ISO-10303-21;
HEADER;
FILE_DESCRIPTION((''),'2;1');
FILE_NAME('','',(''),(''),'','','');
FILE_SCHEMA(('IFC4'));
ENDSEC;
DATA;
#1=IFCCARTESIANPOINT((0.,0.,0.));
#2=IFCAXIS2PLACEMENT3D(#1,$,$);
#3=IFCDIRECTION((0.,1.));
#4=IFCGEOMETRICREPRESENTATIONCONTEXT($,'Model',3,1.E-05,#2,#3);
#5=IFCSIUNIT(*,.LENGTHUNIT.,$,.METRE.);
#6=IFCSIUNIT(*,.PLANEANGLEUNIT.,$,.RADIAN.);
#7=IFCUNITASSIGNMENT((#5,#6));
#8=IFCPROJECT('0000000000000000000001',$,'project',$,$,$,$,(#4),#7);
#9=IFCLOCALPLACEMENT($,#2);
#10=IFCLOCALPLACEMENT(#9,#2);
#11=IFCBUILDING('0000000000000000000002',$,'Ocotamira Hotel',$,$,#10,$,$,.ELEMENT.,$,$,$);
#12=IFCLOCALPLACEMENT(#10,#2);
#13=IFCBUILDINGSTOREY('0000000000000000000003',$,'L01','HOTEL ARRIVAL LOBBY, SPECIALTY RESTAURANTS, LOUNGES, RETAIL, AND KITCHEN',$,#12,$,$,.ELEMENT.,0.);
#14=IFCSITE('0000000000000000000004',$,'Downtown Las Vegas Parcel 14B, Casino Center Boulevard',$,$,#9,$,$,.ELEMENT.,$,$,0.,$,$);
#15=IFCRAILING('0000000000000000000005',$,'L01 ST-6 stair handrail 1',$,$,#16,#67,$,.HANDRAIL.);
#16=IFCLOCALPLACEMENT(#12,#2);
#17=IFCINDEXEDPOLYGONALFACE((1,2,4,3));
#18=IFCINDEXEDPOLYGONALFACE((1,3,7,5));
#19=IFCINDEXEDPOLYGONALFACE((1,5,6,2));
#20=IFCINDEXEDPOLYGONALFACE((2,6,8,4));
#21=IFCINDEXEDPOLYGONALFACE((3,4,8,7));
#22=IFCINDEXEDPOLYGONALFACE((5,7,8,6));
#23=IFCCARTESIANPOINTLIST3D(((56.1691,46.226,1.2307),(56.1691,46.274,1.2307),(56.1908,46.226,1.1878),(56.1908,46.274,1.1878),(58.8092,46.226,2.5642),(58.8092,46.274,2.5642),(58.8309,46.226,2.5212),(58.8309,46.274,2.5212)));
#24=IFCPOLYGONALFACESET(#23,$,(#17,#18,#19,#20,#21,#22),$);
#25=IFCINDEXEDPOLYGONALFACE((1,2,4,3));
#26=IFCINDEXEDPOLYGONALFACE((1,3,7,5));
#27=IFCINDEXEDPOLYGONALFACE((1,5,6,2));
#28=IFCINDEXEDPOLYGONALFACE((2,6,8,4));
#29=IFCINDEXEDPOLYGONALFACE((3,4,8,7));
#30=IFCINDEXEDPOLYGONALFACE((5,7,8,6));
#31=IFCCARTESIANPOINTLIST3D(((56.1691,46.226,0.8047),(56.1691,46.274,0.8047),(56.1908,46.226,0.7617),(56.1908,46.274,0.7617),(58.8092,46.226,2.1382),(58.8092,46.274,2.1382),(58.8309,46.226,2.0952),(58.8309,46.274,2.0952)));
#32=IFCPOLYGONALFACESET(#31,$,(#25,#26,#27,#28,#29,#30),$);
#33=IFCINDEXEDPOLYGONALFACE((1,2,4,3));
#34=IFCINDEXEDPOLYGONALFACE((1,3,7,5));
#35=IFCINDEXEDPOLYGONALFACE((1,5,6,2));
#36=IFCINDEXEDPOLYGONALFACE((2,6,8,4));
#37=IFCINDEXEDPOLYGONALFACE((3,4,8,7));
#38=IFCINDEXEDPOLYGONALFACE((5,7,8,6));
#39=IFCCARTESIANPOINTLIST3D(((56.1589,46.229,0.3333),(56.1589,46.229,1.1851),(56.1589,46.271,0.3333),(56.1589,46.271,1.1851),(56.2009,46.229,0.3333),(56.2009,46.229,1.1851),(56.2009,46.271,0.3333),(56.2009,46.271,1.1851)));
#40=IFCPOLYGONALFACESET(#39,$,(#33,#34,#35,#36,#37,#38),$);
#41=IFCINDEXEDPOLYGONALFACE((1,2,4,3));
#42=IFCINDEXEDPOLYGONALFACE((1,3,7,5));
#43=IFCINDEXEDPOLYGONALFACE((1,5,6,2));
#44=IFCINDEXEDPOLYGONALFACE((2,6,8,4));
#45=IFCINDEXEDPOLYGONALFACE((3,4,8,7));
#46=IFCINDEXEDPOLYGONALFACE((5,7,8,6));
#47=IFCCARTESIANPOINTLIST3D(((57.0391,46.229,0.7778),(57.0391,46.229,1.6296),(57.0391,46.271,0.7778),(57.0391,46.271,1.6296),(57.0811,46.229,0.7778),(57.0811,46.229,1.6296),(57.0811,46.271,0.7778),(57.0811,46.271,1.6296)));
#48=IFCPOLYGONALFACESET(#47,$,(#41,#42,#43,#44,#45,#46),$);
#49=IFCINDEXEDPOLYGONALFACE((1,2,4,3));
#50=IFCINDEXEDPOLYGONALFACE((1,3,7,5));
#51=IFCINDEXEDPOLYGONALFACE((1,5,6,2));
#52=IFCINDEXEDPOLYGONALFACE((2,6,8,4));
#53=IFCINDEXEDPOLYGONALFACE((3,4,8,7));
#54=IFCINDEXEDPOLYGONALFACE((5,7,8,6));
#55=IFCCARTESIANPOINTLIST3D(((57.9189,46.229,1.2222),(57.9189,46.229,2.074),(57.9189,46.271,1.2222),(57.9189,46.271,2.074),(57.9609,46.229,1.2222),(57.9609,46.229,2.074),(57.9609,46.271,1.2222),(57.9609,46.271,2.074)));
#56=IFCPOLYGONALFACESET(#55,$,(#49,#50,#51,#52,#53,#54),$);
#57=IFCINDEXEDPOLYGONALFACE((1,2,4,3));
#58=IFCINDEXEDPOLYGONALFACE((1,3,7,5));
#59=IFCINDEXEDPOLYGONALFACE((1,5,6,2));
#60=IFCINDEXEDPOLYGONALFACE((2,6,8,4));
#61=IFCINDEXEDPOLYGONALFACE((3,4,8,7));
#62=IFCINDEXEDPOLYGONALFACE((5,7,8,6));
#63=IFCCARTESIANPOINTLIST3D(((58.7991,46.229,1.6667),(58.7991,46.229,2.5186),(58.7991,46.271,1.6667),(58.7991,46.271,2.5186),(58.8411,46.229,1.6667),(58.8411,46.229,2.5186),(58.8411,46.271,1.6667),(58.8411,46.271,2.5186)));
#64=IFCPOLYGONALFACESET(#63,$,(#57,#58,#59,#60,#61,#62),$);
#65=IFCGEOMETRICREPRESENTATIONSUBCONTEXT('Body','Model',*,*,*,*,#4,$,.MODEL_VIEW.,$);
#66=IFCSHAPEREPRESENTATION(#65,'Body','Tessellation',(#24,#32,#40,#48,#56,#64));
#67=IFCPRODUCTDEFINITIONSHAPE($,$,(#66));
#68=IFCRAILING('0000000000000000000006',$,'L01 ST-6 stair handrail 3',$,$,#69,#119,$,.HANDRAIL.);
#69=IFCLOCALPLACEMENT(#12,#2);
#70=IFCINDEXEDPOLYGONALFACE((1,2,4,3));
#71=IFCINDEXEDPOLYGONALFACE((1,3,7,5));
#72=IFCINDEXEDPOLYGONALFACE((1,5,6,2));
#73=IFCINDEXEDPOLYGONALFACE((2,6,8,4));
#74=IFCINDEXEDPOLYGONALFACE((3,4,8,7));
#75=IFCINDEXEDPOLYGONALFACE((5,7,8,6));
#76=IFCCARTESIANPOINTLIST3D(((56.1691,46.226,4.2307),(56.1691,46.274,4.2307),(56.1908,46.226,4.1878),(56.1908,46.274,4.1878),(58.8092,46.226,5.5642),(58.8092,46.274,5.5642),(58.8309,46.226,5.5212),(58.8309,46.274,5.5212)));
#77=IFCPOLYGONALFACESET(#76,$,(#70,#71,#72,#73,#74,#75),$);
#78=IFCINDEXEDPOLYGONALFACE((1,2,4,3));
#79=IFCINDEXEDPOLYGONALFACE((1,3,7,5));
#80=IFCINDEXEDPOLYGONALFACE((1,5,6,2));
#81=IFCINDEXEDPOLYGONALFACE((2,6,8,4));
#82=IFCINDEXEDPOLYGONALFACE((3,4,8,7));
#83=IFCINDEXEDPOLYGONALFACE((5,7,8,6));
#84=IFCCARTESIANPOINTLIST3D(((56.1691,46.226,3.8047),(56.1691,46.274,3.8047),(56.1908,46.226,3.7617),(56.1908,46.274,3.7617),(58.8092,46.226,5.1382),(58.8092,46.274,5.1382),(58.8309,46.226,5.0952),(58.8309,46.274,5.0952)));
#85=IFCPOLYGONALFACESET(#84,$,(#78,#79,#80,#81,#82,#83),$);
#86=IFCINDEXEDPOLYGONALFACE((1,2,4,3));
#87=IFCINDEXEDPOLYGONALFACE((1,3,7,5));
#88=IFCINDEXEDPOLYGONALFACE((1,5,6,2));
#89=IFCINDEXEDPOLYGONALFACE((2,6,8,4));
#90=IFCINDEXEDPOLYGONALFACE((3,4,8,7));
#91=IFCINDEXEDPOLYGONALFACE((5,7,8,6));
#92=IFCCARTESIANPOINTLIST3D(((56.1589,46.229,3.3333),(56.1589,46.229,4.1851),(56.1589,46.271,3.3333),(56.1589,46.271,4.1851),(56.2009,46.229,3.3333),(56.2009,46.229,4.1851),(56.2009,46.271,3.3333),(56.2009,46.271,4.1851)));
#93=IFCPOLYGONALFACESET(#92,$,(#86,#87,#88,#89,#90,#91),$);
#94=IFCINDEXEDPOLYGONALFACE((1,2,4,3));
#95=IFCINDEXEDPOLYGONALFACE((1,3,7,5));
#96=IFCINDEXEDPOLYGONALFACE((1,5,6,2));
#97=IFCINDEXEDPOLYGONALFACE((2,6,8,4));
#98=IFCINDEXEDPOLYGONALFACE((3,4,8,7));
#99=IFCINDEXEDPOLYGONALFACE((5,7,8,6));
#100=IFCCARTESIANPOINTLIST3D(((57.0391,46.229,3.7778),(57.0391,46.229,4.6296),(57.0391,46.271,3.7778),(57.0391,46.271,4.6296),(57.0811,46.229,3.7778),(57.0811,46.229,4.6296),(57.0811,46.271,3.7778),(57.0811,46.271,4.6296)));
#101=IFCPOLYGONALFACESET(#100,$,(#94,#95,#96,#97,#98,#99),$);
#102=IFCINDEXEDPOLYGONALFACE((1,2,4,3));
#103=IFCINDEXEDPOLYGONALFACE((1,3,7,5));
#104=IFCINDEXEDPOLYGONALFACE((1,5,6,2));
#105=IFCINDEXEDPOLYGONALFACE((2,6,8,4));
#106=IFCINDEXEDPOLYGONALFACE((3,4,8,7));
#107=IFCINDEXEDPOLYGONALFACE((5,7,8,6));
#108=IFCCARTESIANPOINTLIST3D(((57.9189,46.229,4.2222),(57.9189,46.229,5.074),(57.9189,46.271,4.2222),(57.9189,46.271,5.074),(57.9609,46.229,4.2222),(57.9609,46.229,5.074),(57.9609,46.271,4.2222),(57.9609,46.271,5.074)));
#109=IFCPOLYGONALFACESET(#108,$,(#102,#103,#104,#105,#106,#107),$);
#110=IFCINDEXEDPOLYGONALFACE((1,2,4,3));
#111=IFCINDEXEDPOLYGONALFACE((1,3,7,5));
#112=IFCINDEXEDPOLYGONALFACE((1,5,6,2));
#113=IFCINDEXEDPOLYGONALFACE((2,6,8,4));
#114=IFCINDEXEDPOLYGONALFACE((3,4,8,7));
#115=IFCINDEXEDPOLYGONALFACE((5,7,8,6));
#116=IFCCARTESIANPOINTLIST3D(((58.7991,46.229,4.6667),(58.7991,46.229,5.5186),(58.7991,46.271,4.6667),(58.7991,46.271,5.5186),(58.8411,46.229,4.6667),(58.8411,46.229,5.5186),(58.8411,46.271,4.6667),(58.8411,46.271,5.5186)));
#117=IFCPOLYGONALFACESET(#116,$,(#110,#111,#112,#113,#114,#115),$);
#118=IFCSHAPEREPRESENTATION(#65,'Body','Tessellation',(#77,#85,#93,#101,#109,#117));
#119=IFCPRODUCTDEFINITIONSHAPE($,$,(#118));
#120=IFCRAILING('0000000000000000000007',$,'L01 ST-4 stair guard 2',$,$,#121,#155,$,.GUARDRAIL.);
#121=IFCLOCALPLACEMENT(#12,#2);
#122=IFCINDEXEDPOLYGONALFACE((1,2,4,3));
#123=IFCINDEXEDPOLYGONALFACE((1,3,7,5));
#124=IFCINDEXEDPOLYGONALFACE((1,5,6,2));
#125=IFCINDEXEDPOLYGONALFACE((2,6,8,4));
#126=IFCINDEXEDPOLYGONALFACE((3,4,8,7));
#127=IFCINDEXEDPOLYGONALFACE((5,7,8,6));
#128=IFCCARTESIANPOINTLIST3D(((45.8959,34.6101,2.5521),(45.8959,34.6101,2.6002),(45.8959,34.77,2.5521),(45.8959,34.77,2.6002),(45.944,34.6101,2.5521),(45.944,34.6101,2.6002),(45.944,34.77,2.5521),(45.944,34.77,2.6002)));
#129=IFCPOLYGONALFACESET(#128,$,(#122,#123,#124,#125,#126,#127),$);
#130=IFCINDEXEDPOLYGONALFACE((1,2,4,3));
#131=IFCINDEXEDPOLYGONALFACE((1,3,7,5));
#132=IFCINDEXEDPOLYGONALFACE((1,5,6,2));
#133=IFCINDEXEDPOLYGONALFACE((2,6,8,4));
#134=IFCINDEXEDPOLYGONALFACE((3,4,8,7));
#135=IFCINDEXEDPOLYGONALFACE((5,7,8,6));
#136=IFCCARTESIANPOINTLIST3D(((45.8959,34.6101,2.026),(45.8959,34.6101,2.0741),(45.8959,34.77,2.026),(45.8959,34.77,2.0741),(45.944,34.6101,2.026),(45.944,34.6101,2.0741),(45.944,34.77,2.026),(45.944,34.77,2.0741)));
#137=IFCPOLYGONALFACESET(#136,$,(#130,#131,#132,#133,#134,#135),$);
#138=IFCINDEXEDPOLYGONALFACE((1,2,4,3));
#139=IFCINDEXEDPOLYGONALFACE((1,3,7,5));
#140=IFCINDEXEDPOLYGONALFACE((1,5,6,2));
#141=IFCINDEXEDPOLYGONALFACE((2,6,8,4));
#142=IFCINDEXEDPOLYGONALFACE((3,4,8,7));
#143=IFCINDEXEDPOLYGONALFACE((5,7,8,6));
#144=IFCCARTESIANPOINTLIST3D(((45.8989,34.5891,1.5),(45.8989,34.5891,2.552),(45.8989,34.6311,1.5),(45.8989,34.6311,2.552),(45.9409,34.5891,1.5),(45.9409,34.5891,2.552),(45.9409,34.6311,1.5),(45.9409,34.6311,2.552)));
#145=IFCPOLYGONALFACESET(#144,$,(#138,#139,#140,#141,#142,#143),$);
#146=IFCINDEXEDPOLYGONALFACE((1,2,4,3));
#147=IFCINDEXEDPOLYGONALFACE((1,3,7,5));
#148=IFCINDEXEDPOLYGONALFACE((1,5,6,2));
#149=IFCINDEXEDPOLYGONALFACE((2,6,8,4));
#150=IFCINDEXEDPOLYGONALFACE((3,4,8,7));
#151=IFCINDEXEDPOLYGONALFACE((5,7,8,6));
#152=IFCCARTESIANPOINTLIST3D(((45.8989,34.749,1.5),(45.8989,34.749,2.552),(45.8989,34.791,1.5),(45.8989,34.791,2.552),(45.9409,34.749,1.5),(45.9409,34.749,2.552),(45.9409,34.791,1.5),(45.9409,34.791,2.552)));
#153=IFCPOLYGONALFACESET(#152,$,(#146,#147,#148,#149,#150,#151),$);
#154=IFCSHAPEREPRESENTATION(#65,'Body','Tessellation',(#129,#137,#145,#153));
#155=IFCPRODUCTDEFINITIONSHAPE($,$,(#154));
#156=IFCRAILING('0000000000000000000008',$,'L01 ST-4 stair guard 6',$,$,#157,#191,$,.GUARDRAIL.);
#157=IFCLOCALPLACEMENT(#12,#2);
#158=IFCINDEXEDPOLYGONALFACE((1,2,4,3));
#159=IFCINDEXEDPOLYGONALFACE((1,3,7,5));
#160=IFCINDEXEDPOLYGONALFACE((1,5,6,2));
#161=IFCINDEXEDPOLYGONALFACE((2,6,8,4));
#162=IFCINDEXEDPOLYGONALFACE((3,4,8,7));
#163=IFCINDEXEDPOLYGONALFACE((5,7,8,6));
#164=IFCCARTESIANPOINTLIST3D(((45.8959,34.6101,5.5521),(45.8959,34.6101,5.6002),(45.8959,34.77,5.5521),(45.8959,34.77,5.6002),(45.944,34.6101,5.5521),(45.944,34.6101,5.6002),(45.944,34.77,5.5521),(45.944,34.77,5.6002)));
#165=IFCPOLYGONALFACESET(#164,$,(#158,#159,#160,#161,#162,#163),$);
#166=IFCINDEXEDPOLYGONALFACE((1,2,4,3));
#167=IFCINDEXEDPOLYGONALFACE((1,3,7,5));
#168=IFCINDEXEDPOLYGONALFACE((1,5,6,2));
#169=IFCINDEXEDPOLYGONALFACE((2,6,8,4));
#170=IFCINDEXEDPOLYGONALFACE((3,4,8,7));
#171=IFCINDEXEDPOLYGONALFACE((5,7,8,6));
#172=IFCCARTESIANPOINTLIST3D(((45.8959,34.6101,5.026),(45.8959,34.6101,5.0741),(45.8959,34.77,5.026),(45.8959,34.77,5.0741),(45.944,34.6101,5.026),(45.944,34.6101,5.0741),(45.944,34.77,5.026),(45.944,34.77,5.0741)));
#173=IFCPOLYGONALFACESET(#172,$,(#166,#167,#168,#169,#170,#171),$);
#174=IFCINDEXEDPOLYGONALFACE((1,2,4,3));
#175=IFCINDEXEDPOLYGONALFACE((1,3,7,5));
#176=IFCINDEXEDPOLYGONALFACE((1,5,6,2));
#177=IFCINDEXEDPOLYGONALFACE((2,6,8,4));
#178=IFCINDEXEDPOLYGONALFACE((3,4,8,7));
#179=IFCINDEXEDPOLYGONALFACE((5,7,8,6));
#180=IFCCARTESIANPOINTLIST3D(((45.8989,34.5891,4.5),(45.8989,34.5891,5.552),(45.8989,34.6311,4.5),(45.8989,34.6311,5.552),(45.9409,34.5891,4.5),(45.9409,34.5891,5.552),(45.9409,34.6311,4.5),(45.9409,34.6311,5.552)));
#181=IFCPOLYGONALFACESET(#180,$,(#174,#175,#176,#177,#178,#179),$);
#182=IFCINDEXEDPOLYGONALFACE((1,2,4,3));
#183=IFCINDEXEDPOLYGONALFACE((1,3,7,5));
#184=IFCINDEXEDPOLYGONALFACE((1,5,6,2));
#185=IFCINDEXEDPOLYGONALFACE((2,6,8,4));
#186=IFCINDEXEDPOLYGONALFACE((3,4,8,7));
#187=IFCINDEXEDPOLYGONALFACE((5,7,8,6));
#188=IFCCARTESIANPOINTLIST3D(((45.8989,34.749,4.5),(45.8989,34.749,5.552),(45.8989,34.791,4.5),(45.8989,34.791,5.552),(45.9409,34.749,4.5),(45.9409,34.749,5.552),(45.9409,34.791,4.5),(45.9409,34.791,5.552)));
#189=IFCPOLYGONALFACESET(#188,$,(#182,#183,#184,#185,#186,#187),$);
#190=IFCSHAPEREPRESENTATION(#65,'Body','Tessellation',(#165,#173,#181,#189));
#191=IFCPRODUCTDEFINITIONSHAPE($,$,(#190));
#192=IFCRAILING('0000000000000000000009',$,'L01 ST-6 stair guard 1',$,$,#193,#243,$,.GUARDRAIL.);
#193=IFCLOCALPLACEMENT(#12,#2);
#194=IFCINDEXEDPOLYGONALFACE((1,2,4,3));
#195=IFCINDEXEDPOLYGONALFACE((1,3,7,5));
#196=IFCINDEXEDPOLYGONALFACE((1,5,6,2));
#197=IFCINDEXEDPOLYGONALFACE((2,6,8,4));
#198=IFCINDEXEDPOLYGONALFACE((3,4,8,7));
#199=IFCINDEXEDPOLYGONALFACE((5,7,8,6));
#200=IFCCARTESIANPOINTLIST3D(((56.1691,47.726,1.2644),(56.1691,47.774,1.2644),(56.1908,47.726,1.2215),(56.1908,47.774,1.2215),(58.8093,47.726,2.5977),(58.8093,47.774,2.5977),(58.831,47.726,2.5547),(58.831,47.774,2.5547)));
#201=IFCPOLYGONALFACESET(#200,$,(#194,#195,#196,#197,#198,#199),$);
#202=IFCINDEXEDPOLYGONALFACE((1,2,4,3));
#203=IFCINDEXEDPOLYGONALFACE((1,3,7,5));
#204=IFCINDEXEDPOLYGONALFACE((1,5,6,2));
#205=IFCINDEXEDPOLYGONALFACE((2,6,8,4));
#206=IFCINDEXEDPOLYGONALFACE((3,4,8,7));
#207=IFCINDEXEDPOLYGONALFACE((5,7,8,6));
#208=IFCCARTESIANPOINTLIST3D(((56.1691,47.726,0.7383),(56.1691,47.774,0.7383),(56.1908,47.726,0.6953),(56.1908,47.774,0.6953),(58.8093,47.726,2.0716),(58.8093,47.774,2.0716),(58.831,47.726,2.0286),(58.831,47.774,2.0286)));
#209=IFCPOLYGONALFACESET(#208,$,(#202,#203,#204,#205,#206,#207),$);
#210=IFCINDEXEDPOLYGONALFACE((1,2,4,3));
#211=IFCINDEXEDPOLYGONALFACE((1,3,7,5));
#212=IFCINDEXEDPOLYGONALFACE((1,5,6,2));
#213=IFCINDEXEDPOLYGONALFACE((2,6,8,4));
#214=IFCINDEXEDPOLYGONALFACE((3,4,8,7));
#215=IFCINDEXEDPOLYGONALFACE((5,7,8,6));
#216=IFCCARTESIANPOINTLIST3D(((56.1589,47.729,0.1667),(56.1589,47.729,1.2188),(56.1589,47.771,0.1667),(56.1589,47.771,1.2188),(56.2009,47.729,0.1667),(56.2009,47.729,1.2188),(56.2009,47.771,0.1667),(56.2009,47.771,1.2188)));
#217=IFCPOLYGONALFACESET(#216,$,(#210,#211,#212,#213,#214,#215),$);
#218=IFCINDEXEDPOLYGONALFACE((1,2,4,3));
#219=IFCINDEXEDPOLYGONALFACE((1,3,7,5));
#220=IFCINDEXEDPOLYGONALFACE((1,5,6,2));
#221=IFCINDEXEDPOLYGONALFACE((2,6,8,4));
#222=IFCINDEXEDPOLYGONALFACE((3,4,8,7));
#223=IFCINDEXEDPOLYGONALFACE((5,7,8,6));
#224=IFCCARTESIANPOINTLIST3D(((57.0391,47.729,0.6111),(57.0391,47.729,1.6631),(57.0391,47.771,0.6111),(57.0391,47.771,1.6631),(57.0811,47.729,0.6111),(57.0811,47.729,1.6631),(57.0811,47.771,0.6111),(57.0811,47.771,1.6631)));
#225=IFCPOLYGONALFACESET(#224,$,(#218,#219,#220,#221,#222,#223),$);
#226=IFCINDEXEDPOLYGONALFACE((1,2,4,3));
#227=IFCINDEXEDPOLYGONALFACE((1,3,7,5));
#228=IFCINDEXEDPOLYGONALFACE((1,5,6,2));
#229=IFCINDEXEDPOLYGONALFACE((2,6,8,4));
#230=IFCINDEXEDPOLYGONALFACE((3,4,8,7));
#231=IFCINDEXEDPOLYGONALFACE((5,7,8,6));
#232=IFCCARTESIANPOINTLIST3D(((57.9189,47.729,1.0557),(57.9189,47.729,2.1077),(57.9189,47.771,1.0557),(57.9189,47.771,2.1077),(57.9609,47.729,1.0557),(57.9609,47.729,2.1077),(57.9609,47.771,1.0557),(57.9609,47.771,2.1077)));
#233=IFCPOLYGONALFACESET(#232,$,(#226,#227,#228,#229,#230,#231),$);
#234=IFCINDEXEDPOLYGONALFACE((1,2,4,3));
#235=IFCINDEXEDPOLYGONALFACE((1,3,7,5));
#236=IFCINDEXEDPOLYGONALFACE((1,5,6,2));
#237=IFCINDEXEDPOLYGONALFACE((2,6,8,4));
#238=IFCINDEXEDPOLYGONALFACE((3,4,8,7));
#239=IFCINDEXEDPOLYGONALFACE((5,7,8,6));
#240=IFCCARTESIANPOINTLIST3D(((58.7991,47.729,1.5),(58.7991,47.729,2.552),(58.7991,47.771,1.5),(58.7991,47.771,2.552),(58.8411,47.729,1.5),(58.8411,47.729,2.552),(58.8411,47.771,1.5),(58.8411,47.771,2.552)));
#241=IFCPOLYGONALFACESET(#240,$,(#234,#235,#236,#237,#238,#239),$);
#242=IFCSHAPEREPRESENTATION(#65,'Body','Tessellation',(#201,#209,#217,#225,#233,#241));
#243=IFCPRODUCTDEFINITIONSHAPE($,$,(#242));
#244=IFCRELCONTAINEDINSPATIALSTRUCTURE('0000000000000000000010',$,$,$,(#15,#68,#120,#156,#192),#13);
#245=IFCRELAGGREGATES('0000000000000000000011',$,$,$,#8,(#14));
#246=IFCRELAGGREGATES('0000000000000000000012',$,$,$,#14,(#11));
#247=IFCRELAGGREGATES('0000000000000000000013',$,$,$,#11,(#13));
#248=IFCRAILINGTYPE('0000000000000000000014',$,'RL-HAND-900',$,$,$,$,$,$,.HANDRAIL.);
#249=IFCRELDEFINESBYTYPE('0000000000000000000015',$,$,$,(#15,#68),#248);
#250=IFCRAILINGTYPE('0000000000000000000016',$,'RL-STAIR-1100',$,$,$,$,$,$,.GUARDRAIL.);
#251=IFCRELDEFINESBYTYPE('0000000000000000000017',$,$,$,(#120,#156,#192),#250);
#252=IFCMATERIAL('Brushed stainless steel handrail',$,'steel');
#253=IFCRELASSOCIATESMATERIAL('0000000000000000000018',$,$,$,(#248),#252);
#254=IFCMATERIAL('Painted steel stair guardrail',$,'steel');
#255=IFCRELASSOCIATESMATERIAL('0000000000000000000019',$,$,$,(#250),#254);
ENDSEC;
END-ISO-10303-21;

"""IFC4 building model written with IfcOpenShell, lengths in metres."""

from ifc_helpers import new_model, si_unit, direction, frame, origin, origin_2d, place, context, subcontext, project, spatial, rectangle, extrude, material, type_object, element, save


model = new_model("IFC4")

# Units and contexts
model_context = context("Model", 3, precision=1e-05, world=origin(), true_north=direction((0.0, 1.0)))
body_context = subcontext(model_context, "Body", "Model", "MODEL_VIEW")
ifc_project = project(units=[si_unit("LENGTHUNIT", "METRE"), si_unit("PLANEANGLEUNIT", "RADIAN")], contexts=[model_context])

# Site, building, storey
site_placement = place(None, origin())
site = spatial("IfcSite", under=ifc_project, at=site_placement, Name="Downtown Las Vegas Parcel 14B, Casino Center Boulevard", CompositionType="ELEMENT", RefElevation=0.0)
building_placement = place(site_placement, origin())
building = spatial("IfcBuilding", under=site, at=building_placement, Name="Ocotamira Hotel", CompositionType="ELEMENT")
storey_placement = place(building_placement, origin())
storey = spatial("IfcBuildingStorey", under=building, at=storey_placement, Name="L01", Description="HOTEL ARRIVAL LOBBY, SPECIALTY RESTAURANTS, LOUNGES, RETAIL, AND KITCHEN", CompositionType="ELEMENT", Elevation=0.0)

# Railings
ifc_material_1 = material(Name="Brushed stainless steel handrail", Category="steel")
railing_type_1 = type_object("IfcRailingType", Name="RL-HAND-900", PredefinedType="HANDRAIL", material=ifc_material_1)
for number, where, name in (
    (1, (56.1799, 46.25, 0.3333), "L01 ST-6 stair handrail 1"),
    (2, (56.1799, 46.25, 3.3333), "L01 ST-6 stair handrail 3"),
):
    element("IfcRailing", number, at=place(storey_placement, frame(where)), inside=storey, type_object=railing_type_1, Name=name, PredefinedType="HANDRAIL", context=body_context, shape_type="SweptSolid", body=[
        extrude(rectangle(XDim=0.0481, YDim=0.0481, at=origin_2d()), frame((0.0, 0.0, 0.876), z_axis=(0.892604, 0.0, 0.450842), x_axis=(0.0, 1.0, 0.0)), (0.0, 0.0, 1.0), 2.9578),
        extrude(rectangle(XDim=0.0481, YDim=0.0481, at=origin_2d()), frame((0.0, 0.0, 0.45), z_axis=(0.892604, 0.0, 0.450842), x_axis=(0.0, 1.0, 0.0)), (0.0, 0.0, 1.0), 2.9578),
        extrude(rectangle(XDim=0.042, YDim=0.042, at=origin_2d()), origin(), (0.0, 0.0, 1.0), 0.8518),
        extrude(rectangle(XDim=0.042, YDim=0.042, at=origin_2d()), frame((0.8801, 0.0, 0.4446)), (0.0, 0.0, 1.0), 0.8518),
        extrude(rectangle(XDim=0.042, YDim=0.042, at=origin_2d()), frame((1.76, 0.0, 0.8889)), (0.0, 0.0, 1.0), 0.8518),
        extrude(rectangle(XDim=0.042, YDim=0.042, at=origin_2d()), frame((2.6401, 0.0, 1.3335)), (0.0, 0.0, 1.0), 0.8518),
    ])
ifc_material_2 = material(Name="Painted steel stair guardrail", Category="steel")
railing_type_2 = type_object("IfcRailingType", Name="RL-STAIR-1100", PredefinedType="GUARDRAIL", material=ifc_material_2)
for number, where, name in (
    (3, (45.9199, 34.6101, 1.5), "L01 ST-4 stair guard 2"),
    (4, (45.9199, 34.6101, 4.5), "L01 ST-4 stair guard 6"),
):
    element("IfcRailing", number, at=place(storey_placement, frame(where)), inside=storey, type_object=railing_type_2, Name=name, PredefinedType="GUARDRAIL", context=body_context, shape_type="SweptSolid", body=[
        extrude(rectangle(XDim=0.0481, YDim=0.0481, at=origin_2d()), frame((0.0, 0.0, 1.0762), z_axis=(0.0, 1.0, 0.0), x_axis=(-1.0, 0.0, 0.0)), (0.0, 0.0, 1.0), 0.1599),
        extrude(rectangle(XDim=0.0481, YDim=0.0481, at=origin_2d()), frame((0.0, 0.0, 0.55), z_axis=(0.0, 1.0, 0.0), x_axis=(-1.0, 0.0, 0.0)), (0.0, 0.0, 1.0), 0.1599),
        extrude(rectangle(XDim=0.042, YDim=0.042, at=origin_2d()), origin(), (0.0, 0.0, 1.0), 1.052),
        extrude(rectangle(XDim=0.042, YDim=0.042, at=origin_2d()), frame((0.0, 0.1599, 0.0)), (0.0, 0.0, 1.0), 1.052),
    ])
railing_1_placement = place(storey_placement, frame((56.1799, 47.75, 0.1667)))
element("IfcRailing", 5, at=railing_1_placement, inside=storey, type_object=railing_type_2, Name="L01 ST-6 stair guard 1", PredefinedType="GUARDRAIL", context=body_context, shape_type="SweptSolid", body=[
    extrude(rectangle(XDim=0.0481, YDim=0.0481, at=origin_2d()), frame((0.0, 0.0, 1.0762), z_axis=(0.892637, 0.0, 0.450776), x_axis=(0.0, 1.0, 0.0)), (0.0, 0.0, 1.0), 2.9578),
    extrude(rectangle(XDim=0.0481, YDim=0.0481, at=origin_2d()), frame((0.0, 0.0, 0.55), z_axis=(0.892637, 0.0, 0.450776), x_axis=(0.0, 1.0, 0.0)), (0.0, 0.0, 1.0), 2.9578),
    extrude(rectangle(XDim=0.042, YDim=0.042, at=origin_2d()), origin(), (0.0, 0.0, 1.0), 1.052),
    extrude(rectangle(XDim=0.042, YDim=0.042, at=origin_2d()), frame((0.8801, 0.0, 0.4443)), (0.0, 0.0, 1.0), 1.052),
    extrude(rectangle(XDim=0.042, YDim=0.042, at=origin_2d()), frame((1.76, 0.0, 0.8889)), (0.0, 0.0, 1.0), 1.052),
    extrude(rectangle(XDim=0.042, YDim=0.042, at=origin_2d()), frame((2.6401, 0.0, 1.3333)), (0.0, 0.0, 1.0), 1.052),
])

save(model, "model.ifc")
